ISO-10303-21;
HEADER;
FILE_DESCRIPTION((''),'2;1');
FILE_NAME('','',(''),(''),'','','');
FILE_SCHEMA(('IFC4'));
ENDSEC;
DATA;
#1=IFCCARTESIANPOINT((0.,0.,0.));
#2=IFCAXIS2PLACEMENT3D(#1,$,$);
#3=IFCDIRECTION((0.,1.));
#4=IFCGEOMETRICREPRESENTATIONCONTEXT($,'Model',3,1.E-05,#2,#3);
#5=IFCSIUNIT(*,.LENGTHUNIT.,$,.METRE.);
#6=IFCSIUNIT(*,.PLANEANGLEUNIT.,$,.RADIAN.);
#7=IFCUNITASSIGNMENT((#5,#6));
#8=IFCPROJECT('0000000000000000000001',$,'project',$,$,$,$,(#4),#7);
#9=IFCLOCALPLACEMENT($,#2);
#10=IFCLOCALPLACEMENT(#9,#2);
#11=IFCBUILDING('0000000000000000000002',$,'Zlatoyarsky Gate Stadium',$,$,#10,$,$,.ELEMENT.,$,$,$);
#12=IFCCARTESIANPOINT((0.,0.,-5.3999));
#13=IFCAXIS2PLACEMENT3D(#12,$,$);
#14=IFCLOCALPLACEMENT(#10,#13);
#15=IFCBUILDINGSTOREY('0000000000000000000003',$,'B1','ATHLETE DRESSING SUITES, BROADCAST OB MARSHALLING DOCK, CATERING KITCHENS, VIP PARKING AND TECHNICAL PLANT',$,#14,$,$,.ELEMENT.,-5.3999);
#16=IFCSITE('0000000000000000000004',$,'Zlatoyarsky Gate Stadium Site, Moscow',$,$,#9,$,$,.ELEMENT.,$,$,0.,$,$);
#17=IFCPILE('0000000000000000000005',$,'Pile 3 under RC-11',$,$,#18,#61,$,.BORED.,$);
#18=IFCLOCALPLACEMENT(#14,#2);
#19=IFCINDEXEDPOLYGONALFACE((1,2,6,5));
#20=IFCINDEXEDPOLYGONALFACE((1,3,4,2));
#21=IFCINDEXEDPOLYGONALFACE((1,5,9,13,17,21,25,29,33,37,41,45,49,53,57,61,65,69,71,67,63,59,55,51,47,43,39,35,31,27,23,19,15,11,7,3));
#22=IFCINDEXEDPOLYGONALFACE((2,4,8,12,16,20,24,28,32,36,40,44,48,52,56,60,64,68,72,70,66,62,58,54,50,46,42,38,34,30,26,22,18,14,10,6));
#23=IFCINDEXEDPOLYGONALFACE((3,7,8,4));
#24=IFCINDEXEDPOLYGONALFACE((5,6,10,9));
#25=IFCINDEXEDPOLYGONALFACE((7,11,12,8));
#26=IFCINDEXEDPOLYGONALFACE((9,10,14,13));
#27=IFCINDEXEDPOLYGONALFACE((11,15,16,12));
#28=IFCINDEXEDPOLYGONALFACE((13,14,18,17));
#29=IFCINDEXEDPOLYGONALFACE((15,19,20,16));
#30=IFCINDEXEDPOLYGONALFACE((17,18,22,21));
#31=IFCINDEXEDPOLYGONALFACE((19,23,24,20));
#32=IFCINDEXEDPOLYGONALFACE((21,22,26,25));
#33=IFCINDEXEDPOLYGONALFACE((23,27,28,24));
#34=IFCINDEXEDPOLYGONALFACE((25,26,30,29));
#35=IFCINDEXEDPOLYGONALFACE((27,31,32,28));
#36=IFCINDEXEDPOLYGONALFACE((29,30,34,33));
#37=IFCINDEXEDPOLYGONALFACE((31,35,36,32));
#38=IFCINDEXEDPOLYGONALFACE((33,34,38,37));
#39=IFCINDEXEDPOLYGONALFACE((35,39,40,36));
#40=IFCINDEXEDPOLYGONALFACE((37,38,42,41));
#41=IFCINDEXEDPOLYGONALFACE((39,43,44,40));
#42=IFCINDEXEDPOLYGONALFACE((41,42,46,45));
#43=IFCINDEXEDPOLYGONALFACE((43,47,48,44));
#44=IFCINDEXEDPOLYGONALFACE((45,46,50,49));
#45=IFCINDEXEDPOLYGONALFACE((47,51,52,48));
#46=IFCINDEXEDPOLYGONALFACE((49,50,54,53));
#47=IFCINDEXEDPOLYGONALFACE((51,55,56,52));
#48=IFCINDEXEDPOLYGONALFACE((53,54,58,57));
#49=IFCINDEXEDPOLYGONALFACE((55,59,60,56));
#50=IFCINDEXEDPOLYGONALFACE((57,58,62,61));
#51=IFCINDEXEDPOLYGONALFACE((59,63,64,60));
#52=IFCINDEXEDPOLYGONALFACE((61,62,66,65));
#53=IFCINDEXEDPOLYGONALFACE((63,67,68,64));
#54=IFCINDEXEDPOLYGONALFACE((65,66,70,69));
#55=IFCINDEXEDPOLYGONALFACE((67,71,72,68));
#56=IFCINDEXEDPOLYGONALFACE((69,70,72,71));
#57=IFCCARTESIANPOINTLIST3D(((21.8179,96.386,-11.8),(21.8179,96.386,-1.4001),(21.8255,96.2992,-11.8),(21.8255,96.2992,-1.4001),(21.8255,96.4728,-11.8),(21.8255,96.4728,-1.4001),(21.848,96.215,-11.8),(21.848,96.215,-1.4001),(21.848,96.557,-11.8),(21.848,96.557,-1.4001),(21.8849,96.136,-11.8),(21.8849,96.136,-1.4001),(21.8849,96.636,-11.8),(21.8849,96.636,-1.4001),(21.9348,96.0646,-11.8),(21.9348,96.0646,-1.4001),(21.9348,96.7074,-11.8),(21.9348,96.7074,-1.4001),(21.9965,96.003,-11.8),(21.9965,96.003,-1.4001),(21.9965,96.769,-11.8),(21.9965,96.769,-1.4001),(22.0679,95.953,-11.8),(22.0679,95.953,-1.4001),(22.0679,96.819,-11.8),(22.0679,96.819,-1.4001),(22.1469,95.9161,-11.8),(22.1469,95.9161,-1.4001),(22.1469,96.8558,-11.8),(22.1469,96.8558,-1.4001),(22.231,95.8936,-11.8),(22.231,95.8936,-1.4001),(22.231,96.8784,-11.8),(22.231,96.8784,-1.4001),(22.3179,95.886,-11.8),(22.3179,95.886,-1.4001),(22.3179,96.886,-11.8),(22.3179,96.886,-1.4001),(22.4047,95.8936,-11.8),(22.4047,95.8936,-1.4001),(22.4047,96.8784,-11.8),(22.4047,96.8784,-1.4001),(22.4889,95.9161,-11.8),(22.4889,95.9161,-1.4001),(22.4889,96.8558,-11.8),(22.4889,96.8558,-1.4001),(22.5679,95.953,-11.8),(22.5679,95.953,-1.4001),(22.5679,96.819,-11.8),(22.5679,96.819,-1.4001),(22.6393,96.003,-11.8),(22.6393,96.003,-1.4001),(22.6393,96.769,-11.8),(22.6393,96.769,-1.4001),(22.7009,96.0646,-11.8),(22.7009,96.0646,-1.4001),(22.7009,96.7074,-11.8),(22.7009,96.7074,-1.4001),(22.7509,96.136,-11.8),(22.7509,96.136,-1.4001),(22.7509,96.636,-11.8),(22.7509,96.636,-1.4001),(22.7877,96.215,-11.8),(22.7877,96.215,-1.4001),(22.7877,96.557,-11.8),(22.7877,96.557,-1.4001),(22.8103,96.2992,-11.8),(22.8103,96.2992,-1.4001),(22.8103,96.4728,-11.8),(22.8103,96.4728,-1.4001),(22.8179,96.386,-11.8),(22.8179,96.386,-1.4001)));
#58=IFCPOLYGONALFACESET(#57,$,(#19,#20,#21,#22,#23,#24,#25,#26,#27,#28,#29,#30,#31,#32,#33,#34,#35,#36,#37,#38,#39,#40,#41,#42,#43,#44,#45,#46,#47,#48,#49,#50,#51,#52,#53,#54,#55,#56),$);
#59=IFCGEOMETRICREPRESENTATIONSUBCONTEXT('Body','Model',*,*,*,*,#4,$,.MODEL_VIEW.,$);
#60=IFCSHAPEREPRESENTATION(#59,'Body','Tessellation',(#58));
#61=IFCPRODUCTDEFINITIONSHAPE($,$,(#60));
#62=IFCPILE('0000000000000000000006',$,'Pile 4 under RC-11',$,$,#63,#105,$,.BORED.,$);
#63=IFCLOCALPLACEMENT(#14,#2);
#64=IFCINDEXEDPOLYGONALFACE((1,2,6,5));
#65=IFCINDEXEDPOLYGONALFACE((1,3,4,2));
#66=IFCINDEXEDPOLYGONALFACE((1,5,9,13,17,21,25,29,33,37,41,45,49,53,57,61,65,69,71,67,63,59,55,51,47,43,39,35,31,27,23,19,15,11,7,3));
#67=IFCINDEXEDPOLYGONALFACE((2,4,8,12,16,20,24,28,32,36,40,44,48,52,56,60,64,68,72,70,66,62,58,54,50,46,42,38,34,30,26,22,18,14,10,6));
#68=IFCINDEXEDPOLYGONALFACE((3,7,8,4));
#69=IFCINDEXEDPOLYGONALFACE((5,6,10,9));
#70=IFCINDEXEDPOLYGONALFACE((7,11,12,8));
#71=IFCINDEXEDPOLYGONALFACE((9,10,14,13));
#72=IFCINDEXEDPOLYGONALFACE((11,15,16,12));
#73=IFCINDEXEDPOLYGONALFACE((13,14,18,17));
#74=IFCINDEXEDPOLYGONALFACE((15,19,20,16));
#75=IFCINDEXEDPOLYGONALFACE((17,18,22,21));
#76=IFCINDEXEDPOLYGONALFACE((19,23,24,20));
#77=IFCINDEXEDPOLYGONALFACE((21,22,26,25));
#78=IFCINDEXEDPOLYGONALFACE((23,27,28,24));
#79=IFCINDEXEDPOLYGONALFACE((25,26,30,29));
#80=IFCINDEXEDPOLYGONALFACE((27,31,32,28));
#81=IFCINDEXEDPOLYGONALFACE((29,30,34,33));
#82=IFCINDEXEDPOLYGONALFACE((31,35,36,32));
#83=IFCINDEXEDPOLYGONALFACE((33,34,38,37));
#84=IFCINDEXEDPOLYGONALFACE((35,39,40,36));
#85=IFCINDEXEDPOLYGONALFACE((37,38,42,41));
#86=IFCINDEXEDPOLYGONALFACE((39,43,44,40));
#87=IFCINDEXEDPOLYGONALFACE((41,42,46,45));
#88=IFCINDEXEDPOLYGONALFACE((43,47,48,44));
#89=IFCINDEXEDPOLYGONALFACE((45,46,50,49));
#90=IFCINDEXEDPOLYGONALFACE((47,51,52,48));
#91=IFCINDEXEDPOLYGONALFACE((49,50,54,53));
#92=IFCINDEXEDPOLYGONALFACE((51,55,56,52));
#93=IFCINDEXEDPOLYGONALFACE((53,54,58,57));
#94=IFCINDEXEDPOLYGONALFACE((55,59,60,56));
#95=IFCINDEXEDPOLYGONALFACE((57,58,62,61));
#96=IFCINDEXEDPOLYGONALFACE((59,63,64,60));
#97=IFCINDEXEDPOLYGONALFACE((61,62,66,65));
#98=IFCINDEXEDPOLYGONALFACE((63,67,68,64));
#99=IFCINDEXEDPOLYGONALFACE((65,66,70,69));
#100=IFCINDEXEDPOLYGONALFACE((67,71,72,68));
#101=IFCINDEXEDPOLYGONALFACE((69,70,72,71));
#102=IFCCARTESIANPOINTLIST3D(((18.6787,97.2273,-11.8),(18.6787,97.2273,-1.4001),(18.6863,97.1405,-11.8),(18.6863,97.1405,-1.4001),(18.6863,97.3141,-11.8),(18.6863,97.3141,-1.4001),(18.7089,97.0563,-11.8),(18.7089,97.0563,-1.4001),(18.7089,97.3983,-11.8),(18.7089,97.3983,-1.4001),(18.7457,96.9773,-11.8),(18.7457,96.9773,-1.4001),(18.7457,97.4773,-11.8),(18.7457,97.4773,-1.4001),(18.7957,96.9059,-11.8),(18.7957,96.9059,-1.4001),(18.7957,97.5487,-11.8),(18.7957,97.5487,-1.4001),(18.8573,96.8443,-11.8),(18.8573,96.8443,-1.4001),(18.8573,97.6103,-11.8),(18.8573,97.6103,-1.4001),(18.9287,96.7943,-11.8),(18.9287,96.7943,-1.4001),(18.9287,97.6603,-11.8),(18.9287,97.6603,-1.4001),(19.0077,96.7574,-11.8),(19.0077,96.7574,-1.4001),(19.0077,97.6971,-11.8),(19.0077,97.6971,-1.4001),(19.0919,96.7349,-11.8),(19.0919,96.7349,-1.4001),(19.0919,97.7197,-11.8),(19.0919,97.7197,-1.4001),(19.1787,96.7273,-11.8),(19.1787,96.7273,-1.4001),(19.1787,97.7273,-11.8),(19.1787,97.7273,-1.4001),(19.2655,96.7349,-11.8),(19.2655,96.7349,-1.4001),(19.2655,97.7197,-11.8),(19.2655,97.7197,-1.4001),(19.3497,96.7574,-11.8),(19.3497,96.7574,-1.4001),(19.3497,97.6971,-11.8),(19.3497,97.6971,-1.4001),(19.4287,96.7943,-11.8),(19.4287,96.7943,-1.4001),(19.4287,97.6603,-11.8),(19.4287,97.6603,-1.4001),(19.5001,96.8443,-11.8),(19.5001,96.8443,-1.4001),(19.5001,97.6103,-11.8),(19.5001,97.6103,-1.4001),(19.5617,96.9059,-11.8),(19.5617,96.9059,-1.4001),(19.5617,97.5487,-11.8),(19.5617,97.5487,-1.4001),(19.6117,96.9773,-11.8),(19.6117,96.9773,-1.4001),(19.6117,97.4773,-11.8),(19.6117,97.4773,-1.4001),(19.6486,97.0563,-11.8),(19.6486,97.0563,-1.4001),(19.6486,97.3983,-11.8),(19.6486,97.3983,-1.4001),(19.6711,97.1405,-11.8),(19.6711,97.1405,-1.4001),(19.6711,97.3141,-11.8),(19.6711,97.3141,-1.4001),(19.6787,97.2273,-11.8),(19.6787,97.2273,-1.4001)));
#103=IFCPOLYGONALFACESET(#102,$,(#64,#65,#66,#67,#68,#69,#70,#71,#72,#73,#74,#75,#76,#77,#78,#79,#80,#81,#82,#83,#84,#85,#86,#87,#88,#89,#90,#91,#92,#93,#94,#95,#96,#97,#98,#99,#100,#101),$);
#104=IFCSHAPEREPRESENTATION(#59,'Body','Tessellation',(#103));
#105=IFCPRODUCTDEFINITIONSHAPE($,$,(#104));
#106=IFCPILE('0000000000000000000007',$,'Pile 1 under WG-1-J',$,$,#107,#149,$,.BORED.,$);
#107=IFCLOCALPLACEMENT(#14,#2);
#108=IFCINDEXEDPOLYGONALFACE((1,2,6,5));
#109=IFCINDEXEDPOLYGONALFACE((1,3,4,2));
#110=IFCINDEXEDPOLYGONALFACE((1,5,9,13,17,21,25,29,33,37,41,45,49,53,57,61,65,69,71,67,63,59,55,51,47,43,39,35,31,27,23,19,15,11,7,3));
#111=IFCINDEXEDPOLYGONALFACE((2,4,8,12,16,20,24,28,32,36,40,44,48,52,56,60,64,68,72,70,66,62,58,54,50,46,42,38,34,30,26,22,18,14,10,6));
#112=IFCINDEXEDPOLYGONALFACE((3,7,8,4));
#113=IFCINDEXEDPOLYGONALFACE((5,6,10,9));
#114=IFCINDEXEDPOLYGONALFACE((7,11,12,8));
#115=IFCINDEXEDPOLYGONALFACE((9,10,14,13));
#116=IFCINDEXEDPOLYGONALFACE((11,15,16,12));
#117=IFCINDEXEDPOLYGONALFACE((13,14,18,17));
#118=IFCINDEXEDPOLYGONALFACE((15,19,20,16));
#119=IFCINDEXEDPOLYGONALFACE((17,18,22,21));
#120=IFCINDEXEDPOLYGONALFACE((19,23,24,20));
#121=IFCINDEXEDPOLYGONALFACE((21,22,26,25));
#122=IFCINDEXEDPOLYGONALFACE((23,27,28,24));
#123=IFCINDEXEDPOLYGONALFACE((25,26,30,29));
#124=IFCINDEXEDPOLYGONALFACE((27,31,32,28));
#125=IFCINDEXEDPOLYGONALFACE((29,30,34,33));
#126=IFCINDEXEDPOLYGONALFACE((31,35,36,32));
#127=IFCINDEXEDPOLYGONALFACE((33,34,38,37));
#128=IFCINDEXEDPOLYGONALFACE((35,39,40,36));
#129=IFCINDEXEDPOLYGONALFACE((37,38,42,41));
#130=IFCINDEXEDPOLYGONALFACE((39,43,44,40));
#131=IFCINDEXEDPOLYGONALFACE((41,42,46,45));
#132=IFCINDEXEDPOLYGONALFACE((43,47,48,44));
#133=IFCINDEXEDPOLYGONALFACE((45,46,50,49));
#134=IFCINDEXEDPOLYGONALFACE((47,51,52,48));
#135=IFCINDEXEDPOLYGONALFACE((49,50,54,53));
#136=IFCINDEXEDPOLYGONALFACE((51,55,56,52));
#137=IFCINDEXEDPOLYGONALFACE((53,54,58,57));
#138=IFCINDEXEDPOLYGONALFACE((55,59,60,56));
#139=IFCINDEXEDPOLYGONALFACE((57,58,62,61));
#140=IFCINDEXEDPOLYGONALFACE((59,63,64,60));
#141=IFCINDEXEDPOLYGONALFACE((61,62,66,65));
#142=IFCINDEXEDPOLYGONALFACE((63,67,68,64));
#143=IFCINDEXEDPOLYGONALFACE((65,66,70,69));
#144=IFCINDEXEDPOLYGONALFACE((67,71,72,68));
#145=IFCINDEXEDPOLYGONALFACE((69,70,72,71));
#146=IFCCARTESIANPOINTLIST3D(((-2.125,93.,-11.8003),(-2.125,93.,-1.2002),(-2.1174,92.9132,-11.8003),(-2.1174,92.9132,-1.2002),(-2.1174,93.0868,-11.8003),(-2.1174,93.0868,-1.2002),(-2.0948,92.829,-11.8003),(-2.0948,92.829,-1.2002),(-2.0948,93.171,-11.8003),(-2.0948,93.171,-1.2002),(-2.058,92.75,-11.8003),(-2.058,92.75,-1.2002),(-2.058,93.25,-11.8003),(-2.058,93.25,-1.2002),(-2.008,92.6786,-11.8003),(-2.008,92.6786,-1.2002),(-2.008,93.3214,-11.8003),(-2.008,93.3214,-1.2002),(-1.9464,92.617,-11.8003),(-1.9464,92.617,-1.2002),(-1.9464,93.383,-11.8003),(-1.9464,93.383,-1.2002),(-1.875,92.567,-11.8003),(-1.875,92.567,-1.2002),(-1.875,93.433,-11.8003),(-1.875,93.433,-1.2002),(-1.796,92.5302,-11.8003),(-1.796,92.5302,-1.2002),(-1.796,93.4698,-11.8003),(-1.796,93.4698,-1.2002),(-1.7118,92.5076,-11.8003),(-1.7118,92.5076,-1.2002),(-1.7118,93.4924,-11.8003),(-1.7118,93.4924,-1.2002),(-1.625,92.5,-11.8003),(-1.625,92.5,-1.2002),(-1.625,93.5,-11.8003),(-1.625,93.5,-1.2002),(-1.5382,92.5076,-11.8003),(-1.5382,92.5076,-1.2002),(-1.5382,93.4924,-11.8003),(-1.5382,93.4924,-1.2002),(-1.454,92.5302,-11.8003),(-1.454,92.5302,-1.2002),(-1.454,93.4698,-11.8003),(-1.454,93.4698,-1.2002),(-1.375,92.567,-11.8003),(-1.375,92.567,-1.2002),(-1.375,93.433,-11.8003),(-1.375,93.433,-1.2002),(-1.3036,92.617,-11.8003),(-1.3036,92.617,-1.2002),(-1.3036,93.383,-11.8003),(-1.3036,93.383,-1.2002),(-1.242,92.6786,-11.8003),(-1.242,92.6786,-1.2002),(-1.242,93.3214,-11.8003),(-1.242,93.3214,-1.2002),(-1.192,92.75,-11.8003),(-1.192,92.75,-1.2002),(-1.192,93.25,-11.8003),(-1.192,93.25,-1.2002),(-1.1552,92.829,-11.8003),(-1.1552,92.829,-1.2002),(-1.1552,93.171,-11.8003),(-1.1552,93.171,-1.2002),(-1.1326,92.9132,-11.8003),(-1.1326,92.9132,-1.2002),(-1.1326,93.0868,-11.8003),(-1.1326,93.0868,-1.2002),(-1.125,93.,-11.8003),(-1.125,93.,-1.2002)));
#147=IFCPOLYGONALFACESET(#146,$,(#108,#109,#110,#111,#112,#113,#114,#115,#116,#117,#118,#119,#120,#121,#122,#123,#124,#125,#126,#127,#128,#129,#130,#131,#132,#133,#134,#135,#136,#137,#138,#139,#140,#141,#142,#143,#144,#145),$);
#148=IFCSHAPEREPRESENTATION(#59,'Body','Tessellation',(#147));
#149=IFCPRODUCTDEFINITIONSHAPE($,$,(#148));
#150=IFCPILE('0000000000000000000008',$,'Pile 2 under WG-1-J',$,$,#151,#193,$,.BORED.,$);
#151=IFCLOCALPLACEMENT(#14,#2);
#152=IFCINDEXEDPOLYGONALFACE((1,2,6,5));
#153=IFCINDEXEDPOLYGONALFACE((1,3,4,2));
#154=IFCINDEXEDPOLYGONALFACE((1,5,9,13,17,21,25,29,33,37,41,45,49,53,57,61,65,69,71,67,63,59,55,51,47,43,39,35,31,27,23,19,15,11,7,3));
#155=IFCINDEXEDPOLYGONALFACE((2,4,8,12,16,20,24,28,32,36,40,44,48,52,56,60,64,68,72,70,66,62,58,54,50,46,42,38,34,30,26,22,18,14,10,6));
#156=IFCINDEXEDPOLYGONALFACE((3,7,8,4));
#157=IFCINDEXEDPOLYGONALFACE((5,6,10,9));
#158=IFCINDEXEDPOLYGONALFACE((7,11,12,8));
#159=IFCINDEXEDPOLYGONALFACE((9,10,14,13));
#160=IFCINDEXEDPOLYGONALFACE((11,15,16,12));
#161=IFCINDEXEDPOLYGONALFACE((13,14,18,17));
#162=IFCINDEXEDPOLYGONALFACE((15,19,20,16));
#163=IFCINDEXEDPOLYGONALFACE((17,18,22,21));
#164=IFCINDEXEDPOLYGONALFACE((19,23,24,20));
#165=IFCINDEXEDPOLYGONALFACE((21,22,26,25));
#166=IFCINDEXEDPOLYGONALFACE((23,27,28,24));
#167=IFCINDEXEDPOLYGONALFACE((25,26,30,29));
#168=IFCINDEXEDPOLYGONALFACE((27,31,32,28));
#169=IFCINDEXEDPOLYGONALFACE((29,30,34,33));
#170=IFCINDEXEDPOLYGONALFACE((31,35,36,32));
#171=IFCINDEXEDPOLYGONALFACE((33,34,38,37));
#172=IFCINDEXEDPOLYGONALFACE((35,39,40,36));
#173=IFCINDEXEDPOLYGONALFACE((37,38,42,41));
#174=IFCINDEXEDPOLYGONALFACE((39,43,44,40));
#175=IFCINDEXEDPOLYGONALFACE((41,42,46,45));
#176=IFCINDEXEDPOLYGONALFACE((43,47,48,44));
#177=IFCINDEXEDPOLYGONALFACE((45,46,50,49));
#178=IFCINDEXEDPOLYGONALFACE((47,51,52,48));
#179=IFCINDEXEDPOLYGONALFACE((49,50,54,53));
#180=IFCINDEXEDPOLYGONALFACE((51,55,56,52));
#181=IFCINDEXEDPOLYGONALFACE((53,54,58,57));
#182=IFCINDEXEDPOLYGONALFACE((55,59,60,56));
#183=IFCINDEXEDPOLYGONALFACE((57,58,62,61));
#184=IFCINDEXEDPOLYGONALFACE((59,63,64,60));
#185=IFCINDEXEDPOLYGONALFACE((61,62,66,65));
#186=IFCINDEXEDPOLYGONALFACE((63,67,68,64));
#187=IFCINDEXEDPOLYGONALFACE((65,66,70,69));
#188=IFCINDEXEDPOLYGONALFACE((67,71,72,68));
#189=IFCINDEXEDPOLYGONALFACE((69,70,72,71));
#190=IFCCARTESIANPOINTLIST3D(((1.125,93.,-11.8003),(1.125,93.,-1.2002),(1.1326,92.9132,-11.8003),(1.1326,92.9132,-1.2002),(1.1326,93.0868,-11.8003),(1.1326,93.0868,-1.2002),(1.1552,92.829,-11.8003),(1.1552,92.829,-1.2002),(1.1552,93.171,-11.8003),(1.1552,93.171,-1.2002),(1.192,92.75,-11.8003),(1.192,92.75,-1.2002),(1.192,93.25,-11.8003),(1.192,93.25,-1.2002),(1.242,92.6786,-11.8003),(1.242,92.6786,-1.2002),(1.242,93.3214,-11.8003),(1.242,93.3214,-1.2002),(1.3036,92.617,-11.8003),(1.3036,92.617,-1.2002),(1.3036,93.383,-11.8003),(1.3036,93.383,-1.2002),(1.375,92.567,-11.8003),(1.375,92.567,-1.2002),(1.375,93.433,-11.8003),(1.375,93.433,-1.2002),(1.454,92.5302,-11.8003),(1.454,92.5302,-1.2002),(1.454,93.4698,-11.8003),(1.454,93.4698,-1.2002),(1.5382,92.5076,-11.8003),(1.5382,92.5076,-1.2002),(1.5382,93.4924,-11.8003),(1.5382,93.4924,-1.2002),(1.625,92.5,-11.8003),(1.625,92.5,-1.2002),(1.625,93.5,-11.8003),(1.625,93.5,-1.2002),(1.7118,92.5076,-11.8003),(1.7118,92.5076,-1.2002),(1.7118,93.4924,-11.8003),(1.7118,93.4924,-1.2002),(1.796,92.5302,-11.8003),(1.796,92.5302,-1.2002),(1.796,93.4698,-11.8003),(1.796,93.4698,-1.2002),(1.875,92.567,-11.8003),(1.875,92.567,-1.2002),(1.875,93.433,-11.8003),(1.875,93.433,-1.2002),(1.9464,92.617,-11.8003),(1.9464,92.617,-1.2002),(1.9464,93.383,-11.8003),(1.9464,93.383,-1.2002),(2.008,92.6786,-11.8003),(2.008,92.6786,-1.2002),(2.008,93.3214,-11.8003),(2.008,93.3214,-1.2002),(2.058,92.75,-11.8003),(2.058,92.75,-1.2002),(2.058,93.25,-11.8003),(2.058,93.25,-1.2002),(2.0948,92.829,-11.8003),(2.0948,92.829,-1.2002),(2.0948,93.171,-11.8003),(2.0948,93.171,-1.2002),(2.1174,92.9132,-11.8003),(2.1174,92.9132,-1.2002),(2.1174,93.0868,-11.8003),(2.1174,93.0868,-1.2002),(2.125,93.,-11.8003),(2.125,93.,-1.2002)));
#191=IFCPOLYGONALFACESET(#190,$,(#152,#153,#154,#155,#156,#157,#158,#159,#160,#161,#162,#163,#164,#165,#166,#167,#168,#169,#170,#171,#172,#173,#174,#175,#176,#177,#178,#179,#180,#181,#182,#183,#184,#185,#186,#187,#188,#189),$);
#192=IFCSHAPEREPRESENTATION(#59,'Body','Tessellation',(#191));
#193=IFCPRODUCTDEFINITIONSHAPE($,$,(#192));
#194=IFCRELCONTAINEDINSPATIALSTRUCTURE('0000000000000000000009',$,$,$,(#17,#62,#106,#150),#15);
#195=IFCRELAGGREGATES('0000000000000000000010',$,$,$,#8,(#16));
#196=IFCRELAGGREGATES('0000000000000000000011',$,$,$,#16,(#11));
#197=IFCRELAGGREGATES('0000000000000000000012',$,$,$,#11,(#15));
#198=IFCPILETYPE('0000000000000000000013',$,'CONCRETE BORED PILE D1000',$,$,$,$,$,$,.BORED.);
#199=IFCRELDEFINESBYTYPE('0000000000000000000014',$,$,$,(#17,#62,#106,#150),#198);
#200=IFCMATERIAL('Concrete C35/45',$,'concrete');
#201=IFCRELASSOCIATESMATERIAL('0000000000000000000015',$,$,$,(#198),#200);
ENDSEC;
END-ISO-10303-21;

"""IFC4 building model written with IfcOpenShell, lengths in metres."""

from ifc_helpers import new_model, si_unit, direction, frame, origin, origin_2d, place, context, subcontext, project, spatial, circle, extrude, material, material_profile, profile_set, type_object, element, save


model = new_model("IFC4")

# Units and contexts
model_context = context("Model", 3, precision=1e-05, world=origin(), true_north=direction((0.0, 1.0)))
body_context = subcontext(model_context, "Body", "Model", "MODEL_VIEW")
ifc_project = project(units=[si_unit("LENGTHUNIT", "METRE"), si_unit("PLANEANGLEUNIT", "RADIAN")], contexts=[model_context])

# Site, building, storey
site_placement = place(None, origin())
site = spatial("IfcSite", under=ifc_project, at=site_placement, Name="Zlatoyarsky Gate Stadium Site, Moscow", CompositionType="ELEMENT", RefElevation=0.0)
building_placement = place(site_placement, origin())
building = spatial("IfcBuilding", under=site, at=building_placement, Name="Zlatoyarsky Gate Stadium", CompositionType="ELEMENT")
storey_placement = place(building_placement, frame((0.0, 0.0, -5.3999)))
storey = spatial("IfcBuildingStorey", under=building, at=storey_placement, Name="B1", Description="ATHLETE DRESSING SUITES, BROADCAST OB MARSHALLING DOCK, CATERING KITCHENS, VIP PARKING AND TECHNICAL PLANT", CompositionType="ELEMENT", Elevation=-5.3999)

# Piles
ifc_material_1 = material(Name="Concrete C35/45", Category="concrete")
ifc_material_profile_1 = material_profile(ifc_material_1, circle(Radius=0.5, at=origin_2d()), Name="BORED PILE D1000")
ifc_profile_set_1 = profile_set([ifc_material_profile_1], Name="Concrete C35/45")
pile_type_1 = type_object("IfcPileType", Name="CONCRETE BORED PILE D1000", PredefinedType="BORED", material=ifc_profile_set_1)
for number, where, z_axis, x_axis, name in (
    (1, (22.3179, 96.386, -1.4001), (0.0, 0.0, -1.0), (1.0, 0.0, 0.0), "Pile 3 under RC-11"),
    (2, (19.1787, 97.2273, -1.4001), (0.0, 0.0, -1.0), (1.0, 0.0, 0.0), "Pile 4 under RC-11"),
):
    element("IfcPile", number, at=place(storey_placement, frame(where, z_axis=z_axis, x_axis=x_axis)), inside=storey, type_object=pile_type_1, Name=name, PredefinedType="BORED", context=body_context, shape_type="SweptSolid", body=[
        extrude(circle(Radius=0.5, at=origin_2d()), origin(), (0.0, 0.0, 1.0), 10.3999),
    ])
for number, where, z_axis, x_axis, name in (
    (3, (-1.625, 93.0, -1.2002), (0.0, 0.0, -1.0), (1.0, 0.0, 0.0), "Pile 1 under WG-1-J"),
    (4, (1.625, 93.0, -1.2002), (0.0, 0.0, -1.0), (1.0, 0.0, 0.0), "Pile 2 under WG-1-J"),
):
    element("IfcPile", number, at=place(storey_placement, frame(where, z_axis=z_axis, x_axis=x_axis)), inside=storey, type_object=pile_type_1, Name=name, PredefinedType="BORED", context=body_context, shape_type="SweptSolid", body=[
        extrude(circle(Radius=0.5, at=origin_2d()), origin(), (0.0, 0.0, 1.0), 10.6001),
    ])

save(model, "model.ifc")
